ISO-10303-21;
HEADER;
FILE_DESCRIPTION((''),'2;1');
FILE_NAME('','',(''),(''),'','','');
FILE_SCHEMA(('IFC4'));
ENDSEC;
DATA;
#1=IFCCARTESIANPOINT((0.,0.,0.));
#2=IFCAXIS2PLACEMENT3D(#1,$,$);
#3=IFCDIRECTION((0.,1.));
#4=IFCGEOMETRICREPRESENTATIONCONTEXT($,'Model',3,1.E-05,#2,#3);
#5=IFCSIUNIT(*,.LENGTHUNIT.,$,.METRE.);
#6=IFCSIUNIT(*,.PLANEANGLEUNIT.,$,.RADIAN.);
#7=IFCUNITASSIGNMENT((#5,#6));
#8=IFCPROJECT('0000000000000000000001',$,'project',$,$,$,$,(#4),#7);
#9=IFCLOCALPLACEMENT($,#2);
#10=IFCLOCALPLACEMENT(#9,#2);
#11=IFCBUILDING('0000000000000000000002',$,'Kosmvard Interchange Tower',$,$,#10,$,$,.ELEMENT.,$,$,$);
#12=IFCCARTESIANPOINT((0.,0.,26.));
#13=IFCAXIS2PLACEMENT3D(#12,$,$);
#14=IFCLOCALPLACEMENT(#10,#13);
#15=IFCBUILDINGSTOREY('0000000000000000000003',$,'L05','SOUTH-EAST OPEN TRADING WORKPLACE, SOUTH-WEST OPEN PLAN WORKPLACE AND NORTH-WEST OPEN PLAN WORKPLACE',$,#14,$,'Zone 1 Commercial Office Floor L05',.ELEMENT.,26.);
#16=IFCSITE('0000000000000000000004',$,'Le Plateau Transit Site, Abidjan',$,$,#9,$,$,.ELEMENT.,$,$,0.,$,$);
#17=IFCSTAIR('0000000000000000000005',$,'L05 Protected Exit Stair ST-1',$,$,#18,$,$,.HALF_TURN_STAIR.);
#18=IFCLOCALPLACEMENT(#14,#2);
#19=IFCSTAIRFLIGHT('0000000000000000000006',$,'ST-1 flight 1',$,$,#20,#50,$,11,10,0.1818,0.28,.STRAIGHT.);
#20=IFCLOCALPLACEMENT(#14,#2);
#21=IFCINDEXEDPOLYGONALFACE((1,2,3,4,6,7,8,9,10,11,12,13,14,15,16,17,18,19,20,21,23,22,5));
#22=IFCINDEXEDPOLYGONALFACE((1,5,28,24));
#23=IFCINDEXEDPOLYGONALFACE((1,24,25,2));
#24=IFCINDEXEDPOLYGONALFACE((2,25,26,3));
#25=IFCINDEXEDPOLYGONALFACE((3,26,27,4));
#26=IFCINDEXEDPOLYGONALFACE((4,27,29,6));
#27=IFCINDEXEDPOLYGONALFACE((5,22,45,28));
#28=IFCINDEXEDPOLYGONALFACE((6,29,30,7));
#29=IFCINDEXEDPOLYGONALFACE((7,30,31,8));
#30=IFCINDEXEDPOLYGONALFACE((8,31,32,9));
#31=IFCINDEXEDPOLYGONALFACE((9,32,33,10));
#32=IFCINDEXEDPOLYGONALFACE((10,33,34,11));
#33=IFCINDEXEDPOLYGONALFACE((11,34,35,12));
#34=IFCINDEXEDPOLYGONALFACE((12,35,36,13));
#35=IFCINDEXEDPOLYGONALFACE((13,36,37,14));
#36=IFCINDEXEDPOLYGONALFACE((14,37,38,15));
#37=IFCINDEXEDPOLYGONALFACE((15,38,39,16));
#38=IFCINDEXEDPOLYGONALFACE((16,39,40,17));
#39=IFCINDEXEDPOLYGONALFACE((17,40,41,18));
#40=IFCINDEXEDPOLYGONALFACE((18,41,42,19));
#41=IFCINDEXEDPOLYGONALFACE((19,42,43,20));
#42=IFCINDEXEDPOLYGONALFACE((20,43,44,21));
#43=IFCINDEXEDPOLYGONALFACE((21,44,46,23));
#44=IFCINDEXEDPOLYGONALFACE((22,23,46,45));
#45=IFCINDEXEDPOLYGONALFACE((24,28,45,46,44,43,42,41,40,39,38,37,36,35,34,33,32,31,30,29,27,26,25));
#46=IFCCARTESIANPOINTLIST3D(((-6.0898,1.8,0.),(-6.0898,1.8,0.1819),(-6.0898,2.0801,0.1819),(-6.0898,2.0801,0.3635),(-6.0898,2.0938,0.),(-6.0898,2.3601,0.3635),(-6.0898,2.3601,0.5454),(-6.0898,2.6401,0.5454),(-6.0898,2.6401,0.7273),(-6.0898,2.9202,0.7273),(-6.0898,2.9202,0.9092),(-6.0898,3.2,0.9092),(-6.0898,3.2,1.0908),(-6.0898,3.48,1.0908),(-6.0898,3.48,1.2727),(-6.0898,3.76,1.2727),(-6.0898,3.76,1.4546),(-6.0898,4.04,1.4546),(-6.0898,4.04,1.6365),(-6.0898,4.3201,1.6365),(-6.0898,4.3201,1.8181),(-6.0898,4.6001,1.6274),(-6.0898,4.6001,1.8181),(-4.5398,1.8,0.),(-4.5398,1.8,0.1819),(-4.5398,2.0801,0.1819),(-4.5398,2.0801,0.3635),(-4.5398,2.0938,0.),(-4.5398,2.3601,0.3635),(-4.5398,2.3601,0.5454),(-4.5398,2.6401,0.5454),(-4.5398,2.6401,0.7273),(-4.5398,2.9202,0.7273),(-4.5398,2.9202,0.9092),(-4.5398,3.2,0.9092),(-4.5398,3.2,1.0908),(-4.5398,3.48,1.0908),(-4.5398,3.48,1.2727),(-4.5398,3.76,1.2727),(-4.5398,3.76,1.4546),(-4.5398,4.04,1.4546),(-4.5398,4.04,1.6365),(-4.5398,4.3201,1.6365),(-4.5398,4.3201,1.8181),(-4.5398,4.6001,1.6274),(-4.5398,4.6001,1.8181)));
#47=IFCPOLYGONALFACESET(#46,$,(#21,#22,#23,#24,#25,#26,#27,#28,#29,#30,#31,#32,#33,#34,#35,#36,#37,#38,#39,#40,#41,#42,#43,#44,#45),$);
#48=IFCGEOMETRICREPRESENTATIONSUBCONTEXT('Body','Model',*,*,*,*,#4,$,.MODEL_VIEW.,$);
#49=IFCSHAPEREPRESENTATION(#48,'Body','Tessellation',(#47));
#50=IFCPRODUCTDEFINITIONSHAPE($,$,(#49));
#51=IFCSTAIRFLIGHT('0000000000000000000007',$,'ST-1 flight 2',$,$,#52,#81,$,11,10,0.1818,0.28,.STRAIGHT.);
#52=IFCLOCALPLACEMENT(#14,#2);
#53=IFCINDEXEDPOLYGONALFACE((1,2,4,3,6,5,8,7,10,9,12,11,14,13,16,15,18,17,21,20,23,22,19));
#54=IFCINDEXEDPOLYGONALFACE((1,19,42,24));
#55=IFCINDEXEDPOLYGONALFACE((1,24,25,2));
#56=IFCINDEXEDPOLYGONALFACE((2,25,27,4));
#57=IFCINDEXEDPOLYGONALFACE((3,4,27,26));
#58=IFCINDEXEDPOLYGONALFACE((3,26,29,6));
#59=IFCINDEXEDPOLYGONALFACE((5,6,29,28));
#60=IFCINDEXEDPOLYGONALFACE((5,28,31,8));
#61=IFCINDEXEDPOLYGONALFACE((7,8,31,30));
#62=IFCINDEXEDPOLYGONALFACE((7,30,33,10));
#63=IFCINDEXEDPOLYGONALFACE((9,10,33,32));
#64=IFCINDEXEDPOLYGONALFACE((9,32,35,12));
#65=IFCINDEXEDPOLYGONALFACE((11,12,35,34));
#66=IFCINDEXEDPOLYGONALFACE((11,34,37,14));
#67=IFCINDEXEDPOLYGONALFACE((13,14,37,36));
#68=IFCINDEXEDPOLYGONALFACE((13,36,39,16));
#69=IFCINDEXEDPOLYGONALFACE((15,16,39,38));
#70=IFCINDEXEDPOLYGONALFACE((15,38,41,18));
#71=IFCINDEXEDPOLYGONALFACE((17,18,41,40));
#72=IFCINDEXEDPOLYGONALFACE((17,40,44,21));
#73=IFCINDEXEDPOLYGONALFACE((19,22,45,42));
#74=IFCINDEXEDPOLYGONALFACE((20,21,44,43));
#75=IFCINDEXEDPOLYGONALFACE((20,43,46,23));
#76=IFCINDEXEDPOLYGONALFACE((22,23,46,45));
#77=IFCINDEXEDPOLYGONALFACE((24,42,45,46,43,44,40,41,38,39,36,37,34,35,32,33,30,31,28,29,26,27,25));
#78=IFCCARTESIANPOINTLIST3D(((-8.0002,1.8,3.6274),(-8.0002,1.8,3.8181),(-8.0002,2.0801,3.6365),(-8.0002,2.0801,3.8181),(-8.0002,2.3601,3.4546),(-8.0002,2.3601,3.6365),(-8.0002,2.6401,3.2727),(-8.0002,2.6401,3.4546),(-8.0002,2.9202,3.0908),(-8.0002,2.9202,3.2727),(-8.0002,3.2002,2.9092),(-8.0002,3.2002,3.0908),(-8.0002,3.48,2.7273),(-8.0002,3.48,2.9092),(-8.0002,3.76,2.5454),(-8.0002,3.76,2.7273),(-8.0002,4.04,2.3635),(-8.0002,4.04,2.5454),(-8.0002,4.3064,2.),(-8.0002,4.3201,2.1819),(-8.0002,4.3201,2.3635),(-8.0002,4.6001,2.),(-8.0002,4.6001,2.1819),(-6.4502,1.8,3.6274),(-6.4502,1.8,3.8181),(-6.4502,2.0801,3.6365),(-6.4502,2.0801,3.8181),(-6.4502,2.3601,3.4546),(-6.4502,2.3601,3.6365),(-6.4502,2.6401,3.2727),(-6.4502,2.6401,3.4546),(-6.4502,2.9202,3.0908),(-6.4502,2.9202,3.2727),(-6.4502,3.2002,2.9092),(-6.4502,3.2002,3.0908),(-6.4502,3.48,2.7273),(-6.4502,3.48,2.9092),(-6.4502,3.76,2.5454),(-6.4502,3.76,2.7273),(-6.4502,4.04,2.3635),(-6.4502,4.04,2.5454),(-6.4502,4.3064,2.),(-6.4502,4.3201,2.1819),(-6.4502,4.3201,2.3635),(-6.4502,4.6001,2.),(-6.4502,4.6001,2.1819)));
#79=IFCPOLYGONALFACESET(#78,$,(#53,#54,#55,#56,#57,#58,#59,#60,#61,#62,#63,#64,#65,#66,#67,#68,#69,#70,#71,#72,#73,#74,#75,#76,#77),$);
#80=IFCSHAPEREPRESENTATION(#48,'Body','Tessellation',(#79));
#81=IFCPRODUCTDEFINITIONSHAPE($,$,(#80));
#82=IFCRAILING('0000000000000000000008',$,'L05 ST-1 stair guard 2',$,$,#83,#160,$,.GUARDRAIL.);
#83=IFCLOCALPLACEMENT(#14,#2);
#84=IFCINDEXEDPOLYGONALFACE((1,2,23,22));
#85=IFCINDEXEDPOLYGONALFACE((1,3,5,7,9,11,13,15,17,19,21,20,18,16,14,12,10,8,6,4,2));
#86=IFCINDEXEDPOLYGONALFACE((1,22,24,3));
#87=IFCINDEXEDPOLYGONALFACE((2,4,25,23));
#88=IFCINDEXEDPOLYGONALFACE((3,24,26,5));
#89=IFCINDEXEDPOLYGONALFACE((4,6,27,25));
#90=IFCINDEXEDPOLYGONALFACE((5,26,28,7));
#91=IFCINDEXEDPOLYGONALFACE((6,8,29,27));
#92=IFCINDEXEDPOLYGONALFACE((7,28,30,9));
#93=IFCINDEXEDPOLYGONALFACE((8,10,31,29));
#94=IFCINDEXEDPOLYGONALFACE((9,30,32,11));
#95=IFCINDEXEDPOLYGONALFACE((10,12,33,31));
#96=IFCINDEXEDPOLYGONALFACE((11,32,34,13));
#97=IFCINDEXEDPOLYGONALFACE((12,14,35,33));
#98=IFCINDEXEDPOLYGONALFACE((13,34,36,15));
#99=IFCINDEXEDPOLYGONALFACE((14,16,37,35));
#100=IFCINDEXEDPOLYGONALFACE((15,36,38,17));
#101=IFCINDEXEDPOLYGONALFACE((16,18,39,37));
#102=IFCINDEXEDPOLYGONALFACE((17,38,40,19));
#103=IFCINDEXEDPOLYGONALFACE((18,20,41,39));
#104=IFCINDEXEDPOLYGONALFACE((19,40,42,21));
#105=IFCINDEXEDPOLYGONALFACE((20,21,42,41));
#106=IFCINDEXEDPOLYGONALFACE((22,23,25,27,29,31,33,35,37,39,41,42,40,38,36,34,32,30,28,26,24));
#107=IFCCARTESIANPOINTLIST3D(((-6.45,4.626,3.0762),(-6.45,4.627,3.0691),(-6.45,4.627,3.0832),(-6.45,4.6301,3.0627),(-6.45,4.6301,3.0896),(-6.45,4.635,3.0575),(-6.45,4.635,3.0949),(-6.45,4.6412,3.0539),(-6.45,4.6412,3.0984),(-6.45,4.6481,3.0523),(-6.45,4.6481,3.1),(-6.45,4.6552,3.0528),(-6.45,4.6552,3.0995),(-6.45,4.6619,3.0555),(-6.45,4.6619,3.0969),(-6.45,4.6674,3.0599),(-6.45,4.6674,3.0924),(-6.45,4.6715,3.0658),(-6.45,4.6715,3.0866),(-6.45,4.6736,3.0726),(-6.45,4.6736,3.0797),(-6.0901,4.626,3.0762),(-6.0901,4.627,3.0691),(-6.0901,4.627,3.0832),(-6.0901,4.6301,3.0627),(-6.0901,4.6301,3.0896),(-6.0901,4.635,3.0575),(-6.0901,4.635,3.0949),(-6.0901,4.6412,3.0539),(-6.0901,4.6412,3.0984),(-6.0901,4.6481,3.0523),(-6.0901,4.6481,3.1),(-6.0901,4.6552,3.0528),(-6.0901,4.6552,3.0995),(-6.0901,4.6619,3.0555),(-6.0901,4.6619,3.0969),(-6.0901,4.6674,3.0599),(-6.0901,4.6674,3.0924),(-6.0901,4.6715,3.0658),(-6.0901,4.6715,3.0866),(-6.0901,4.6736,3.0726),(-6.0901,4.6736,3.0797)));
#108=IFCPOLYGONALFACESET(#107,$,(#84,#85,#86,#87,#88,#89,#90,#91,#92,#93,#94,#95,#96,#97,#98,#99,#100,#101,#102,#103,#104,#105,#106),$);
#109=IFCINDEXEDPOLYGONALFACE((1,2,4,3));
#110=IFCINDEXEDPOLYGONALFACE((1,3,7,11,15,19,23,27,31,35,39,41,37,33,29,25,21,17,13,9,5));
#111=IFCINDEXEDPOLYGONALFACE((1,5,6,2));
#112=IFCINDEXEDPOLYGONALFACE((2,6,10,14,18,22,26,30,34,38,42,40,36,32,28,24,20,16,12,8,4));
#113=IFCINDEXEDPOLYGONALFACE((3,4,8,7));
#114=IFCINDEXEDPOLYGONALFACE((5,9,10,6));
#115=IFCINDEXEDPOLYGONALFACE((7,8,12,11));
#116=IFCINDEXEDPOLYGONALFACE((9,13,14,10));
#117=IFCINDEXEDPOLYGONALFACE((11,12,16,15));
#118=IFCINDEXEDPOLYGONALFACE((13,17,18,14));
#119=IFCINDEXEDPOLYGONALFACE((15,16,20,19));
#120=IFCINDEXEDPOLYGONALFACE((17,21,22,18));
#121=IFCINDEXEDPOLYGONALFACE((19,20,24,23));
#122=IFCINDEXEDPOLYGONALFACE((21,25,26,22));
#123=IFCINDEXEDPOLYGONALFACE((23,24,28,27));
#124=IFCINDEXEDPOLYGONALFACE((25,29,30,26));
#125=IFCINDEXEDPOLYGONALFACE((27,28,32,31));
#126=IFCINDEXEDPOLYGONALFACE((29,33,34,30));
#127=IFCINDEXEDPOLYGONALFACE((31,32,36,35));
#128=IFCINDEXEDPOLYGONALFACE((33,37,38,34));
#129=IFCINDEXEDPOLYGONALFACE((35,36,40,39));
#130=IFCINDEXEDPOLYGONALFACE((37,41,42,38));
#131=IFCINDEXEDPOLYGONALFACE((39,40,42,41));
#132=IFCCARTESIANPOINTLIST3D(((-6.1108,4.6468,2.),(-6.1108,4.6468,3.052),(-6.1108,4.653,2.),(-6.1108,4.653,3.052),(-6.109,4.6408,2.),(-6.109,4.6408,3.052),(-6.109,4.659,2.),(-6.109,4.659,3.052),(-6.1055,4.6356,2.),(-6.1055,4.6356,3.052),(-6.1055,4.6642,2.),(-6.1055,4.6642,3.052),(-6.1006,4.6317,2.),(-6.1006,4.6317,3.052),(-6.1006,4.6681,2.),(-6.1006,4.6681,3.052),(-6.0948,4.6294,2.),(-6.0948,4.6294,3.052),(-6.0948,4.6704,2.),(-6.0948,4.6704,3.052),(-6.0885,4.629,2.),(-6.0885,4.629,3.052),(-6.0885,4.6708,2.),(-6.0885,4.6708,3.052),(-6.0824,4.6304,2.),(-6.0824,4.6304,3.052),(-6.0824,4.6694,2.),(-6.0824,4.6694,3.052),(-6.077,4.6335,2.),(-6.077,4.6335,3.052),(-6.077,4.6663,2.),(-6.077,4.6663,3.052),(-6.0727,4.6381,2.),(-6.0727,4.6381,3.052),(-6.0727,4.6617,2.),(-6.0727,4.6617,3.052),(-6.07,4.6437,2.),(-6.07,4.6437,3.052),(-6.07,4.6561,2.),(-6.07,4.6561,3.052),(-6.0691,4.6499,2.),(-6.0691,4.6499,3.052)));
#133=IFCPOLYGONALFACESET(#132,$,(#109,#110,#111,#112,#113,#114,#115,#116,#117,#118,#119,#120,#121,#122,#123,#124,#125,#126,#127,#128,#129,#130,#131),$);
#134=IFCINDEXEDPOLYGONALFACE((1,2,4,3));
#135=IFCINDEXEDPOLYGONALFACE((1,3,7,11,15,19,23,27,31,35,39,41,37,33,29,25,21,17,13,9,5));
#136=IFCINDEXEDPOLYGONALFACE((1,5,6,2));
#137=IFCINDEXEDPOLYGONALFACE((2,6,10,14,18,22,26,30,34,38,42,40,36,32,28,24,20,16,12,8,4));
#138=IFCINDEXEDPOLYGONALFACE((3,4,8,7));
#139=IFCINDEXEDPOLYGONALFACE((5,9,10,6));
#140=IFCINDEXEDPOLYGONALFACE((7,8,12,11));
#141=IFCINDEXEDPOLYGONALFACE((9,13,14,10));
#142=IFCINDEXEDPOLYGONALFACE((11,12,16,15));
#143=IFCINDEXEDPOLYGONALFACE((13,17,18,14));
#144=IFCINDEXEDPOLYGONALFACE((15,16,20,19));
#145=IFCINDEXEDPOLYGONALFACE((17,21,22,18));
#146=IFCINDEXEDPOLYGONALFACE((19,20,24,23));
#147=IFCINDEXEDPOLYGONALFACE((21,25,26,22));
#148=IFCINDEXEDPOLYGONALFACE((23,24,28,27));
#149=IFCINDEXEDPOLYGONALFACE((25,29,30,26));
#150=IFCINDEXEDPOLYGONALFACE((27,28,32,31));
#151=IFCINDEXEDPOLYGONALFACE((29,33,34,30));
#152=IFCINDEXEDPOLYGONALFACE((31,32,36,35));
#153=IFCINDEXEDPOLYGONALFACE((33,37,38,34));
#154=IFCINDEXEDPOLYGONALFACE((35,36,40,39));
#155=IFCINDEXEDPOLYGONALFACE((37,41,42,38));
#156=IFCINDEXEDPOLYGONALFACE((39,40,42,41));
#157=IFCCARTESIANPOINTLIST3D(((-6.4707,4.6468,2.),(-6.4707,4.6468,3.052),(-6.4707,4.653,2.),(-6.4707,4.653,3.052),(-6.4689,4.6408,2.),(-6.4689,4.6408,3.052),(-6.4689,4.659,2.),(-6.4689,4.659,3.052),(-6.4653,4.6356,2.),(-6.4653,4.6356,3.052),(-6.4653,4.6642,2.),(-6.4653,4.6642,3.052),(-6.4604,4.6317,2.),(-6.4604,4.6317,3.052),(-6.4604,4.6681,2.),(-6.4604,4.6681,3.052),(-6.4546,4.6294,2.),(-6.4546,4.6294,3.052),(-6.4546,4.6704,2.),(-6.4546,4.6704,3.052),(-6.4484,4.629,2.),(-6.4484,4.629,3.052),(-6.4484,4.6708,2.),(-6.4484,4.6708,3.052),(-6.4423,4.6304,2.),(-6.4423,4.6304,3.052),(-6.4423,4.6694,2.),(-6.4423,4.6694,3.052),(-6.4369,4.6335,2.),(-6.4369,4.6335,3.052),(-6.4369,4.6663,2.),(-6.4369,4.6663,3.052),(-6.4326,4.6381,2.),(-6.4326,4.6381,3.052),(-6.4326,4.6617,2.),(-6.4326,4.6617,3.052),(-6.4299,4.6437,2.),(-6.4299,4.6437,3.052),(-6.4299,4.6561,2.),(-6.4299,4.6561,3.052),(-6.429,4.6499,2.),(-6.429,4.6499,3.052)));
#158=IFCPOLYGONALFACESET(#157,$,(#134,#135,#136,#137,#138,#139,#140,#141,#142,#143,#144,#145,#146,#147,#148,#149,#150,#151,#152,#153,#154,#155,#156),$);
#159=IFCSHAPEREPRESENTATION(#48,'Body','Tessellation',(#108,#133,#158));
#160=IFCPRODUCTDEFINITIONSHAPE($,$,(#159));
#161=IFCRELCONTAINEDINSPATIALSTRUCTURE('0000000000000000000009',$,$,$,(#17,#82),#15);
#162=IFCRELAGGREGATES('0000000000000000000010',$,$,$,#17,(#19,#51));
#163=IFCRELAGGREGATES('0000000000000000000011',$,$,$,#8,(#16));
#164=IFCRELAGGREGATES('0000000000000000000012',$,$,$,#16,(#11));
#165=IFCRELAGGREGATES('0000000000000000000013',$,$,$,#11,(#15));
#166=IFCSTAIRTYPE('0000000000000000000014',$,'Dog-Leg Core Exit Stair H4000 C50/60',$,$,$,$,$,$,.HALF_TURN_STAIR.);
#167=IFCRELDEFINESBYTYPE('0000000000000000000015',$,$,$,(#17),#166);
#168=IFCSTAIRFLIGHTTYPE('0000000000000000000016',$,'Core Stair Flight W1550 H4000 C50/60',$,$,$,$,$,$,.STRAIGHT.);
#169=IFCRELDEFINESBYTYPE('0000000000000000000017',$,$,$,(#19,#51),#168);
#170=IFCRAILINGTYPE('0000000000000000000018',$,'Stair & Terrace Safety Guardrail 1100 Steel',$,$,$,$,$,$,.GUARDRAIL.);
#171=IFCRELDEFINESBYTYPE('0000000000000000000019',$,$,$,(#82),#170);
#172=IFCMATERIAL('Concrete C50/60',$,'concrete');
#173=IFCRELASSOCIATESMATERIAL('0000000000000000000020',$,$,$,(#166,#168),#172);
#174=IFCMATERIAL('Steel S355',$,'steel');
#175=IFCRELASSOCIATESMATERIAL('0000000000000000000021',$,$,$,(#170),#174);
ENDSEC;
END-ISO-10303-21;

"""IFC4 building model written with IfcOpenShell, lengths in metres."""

from ifc_helpers import new_model, si_unit, direction, frame, origin, origin_2d, place, context, subcontext, project, spatial, polyline, circle, outline, extrude, source, transform, mapped, material, type_object, element, aggregate, save


model = new_model("IFC4")

# Units and contexts
model_context = context("Model", 3, precision=1e-05, world=origin(), true_north=direction((0.0, 1.0)))
body_context = subcontext(model_context, "Body", "Model", "MODEL_VIEW")
ifc_project = project(units=[si_unit("LENGTHUNIT", "METRE"), si_unit("PLANEANGLEUNIT", "RADIAN")], contexts=[model_context])

# Site, building, storey
site_placement = place(None, origin())
site = spatial("IfcSite", under=ifc_project, at=site_placement, Name="Le Plateau Transit Site, Abidjan", CompositionType="ELEMENT", RefElevation=0.0)
building_placement = place(site_placement, origin())
building = spatial("IfcBuilding", under=site, at=building_placement, Name="Kosmvard Interchange Tower", CompositionType="ELEMENT")
storey_placement = place(building_placement, frame((0.0, 0.0, 26.0)))
storey = spatial("IfcBuildingStorey", under=building, at=storey_placement, Name="L05", Description="SOUTH-EAST OPEN TRADING WORKPLACE, SOUTH-WEST OPEN PLAN WORKPLACE AND NORTH-WEST OPEN PLAN WORKPLACE", LongName="Zone 1 Commercial Office Floor L05", CompositionType="ELEMENT", Elevation=26.0)

# Stair, stair flights
ifc_material_1 = material(Name="Concrete C50/60", Category="concrete")
stair_type = type_object("IfcStairType", Name="Dog-Leg Core Exit Stair H4000 C50/60", PredefinedType="HALF_TURN_STAIR", material=ifc_material_1)
stair_placement = place(storey_placement, origin())
stair = element("IfcStair", 1, at=stair_placement, inside=storey, type_object=stair_type, Name="L05 Protected Exit Stair ST-1", PredefinedType="HALF_TURN_STAIR")
stair_flight_type = type_object("IfcStairFlightType", Name="Core Stair Flight W1550 H4000 C50/60", PredefinedType="STRAIGHT", material=ifc_material_1)
shared_shape_1 = source(origin(), body_context, "Body", "SweptSolid", [
    extrude(outline(polyline([(0.0, 0.0), (0.0, 0.1819), (0.28, 0.1819), (0.28, 0.3635), (0.5601, 0.3635), (0.5601, 0.5454), (0.8401, 0.5454), (0.8401, 0.7273), (1.1201, 0.7273), (1.1201, 0.9092), (1.3999, 0.9092), (1.3999, 1.0908), (1.6799, 1.0908), (1.6799, 1.2727), (1.96, 1.2727), (1.96, 1.4546), (2.24, 1.4546), (2.24, 1.6365), (2.52, 1.6365), (2.52, 1.8181), (2.8, 1.8181), (2.8, 2.0), (2.8, 1.6274), (0.2937, 0.0), (0.0, 0.0)])), frame((0.0, 0.7749, 0.0), z_axis=(0.0, -1.0, 0.0), x_axis=(1.0, 0.0, 0.0)), (0.0, 0.0, 1.0), 1.55),
])
stair_flight_1_placement = place(storey_placement, frame((-5.3149, 1.8, 0.0), z_axis=(0.0, 0.0, 1.0), x_axis=(0.0, 1.0, 0.0)))
stair_flight_1 = element("IfcStairFlight", 2, at=stair_flight_1_placement, type_object=stair_flight_type, Name="ST-1 flight 1", NumberOfRisers=11, NumberOfTreads=10, PredefinedType="STRAIGHT", RiserHeight=0.1818, TreadLength=0.28, context=body_context, shape_type="MappedRepresentation", body=[
    mapped(shared_shape_1, transform((0.0, 0.0, 0.0), scale=1.0)),
])
stair_flight_2_placement = place(storey_placement, frame((-7.2251, 4.6001, 2.0), z_axis=(0.0, 0.0, 1.0), x_axis=(0.0, -1.0, 0.0)))
stair_flight_2 = element("IfcStairFlight", 3, at=stair_flight_2_placement, type_object=stair_flight_type, Name="ST-1 flight 2", NumberOfRisers=11, NumberOfTreads=10, PredefinedType="STRAIGHT", RiserHeight=0.1818, TreadLength=0.28, context=body_context, shape_type="MappedRepresentation", body=[
    mapped(shared_shape_1, transform((0.0, 0.0, 0.0), scale=1.0)),
])
aggregate(stair, [stair_flight_1, stair_flight_2])

# Railing
ifc_material_2 = material(Name="Steel S355", Category="steel")
railing_type_1 = type_object("IfcRailingType", Name="Stair & Terrace Safety Guardrail 1100 Steel", PredefinedType="GUARDRAIL", material=ifc_material_2)
shared_shape_2 = source(origin(), body_context, "Body", "SweptSolid", [
    extrude(circle(Radius=0.0239, at=origin_2d()), frame((0.0, 0.0, 1.0762), z_axis=(-1.0, 0.0, 0.0), x_axis=(0.0, -1.0, 0.0)), (0.0, 0.0, 1.0), 0.3599),
    extrude(circle(Radius=0.021, at=origin_2d()), origin(), (0.0, 0.0, 1.0), 1.052),
    extrude(circle(Radius=0.021, at=origin_2d()), frame((-0.3599, 0.0, 0.0)), (0.0, 0.0, 1.0), 1.052),
])
for number, where, name in (
    (4, (-6.0901, 4.6499, 2.0), "L05 ST-1 stair guard 2"),
):
    element("IfcRailing", number, at=place(storey_placement, frame(where)), inside=storey, type_object=railing_type_1, Name=name, PredefinedType="GUARDRAIL", context=body_context, shape_type="MappedRepresentation", body=[
        mapped(shared_shape_2, transform((0.0, 0.0, 0.0), scale=1.0)),
    ])

save(model, "model.ifc")
